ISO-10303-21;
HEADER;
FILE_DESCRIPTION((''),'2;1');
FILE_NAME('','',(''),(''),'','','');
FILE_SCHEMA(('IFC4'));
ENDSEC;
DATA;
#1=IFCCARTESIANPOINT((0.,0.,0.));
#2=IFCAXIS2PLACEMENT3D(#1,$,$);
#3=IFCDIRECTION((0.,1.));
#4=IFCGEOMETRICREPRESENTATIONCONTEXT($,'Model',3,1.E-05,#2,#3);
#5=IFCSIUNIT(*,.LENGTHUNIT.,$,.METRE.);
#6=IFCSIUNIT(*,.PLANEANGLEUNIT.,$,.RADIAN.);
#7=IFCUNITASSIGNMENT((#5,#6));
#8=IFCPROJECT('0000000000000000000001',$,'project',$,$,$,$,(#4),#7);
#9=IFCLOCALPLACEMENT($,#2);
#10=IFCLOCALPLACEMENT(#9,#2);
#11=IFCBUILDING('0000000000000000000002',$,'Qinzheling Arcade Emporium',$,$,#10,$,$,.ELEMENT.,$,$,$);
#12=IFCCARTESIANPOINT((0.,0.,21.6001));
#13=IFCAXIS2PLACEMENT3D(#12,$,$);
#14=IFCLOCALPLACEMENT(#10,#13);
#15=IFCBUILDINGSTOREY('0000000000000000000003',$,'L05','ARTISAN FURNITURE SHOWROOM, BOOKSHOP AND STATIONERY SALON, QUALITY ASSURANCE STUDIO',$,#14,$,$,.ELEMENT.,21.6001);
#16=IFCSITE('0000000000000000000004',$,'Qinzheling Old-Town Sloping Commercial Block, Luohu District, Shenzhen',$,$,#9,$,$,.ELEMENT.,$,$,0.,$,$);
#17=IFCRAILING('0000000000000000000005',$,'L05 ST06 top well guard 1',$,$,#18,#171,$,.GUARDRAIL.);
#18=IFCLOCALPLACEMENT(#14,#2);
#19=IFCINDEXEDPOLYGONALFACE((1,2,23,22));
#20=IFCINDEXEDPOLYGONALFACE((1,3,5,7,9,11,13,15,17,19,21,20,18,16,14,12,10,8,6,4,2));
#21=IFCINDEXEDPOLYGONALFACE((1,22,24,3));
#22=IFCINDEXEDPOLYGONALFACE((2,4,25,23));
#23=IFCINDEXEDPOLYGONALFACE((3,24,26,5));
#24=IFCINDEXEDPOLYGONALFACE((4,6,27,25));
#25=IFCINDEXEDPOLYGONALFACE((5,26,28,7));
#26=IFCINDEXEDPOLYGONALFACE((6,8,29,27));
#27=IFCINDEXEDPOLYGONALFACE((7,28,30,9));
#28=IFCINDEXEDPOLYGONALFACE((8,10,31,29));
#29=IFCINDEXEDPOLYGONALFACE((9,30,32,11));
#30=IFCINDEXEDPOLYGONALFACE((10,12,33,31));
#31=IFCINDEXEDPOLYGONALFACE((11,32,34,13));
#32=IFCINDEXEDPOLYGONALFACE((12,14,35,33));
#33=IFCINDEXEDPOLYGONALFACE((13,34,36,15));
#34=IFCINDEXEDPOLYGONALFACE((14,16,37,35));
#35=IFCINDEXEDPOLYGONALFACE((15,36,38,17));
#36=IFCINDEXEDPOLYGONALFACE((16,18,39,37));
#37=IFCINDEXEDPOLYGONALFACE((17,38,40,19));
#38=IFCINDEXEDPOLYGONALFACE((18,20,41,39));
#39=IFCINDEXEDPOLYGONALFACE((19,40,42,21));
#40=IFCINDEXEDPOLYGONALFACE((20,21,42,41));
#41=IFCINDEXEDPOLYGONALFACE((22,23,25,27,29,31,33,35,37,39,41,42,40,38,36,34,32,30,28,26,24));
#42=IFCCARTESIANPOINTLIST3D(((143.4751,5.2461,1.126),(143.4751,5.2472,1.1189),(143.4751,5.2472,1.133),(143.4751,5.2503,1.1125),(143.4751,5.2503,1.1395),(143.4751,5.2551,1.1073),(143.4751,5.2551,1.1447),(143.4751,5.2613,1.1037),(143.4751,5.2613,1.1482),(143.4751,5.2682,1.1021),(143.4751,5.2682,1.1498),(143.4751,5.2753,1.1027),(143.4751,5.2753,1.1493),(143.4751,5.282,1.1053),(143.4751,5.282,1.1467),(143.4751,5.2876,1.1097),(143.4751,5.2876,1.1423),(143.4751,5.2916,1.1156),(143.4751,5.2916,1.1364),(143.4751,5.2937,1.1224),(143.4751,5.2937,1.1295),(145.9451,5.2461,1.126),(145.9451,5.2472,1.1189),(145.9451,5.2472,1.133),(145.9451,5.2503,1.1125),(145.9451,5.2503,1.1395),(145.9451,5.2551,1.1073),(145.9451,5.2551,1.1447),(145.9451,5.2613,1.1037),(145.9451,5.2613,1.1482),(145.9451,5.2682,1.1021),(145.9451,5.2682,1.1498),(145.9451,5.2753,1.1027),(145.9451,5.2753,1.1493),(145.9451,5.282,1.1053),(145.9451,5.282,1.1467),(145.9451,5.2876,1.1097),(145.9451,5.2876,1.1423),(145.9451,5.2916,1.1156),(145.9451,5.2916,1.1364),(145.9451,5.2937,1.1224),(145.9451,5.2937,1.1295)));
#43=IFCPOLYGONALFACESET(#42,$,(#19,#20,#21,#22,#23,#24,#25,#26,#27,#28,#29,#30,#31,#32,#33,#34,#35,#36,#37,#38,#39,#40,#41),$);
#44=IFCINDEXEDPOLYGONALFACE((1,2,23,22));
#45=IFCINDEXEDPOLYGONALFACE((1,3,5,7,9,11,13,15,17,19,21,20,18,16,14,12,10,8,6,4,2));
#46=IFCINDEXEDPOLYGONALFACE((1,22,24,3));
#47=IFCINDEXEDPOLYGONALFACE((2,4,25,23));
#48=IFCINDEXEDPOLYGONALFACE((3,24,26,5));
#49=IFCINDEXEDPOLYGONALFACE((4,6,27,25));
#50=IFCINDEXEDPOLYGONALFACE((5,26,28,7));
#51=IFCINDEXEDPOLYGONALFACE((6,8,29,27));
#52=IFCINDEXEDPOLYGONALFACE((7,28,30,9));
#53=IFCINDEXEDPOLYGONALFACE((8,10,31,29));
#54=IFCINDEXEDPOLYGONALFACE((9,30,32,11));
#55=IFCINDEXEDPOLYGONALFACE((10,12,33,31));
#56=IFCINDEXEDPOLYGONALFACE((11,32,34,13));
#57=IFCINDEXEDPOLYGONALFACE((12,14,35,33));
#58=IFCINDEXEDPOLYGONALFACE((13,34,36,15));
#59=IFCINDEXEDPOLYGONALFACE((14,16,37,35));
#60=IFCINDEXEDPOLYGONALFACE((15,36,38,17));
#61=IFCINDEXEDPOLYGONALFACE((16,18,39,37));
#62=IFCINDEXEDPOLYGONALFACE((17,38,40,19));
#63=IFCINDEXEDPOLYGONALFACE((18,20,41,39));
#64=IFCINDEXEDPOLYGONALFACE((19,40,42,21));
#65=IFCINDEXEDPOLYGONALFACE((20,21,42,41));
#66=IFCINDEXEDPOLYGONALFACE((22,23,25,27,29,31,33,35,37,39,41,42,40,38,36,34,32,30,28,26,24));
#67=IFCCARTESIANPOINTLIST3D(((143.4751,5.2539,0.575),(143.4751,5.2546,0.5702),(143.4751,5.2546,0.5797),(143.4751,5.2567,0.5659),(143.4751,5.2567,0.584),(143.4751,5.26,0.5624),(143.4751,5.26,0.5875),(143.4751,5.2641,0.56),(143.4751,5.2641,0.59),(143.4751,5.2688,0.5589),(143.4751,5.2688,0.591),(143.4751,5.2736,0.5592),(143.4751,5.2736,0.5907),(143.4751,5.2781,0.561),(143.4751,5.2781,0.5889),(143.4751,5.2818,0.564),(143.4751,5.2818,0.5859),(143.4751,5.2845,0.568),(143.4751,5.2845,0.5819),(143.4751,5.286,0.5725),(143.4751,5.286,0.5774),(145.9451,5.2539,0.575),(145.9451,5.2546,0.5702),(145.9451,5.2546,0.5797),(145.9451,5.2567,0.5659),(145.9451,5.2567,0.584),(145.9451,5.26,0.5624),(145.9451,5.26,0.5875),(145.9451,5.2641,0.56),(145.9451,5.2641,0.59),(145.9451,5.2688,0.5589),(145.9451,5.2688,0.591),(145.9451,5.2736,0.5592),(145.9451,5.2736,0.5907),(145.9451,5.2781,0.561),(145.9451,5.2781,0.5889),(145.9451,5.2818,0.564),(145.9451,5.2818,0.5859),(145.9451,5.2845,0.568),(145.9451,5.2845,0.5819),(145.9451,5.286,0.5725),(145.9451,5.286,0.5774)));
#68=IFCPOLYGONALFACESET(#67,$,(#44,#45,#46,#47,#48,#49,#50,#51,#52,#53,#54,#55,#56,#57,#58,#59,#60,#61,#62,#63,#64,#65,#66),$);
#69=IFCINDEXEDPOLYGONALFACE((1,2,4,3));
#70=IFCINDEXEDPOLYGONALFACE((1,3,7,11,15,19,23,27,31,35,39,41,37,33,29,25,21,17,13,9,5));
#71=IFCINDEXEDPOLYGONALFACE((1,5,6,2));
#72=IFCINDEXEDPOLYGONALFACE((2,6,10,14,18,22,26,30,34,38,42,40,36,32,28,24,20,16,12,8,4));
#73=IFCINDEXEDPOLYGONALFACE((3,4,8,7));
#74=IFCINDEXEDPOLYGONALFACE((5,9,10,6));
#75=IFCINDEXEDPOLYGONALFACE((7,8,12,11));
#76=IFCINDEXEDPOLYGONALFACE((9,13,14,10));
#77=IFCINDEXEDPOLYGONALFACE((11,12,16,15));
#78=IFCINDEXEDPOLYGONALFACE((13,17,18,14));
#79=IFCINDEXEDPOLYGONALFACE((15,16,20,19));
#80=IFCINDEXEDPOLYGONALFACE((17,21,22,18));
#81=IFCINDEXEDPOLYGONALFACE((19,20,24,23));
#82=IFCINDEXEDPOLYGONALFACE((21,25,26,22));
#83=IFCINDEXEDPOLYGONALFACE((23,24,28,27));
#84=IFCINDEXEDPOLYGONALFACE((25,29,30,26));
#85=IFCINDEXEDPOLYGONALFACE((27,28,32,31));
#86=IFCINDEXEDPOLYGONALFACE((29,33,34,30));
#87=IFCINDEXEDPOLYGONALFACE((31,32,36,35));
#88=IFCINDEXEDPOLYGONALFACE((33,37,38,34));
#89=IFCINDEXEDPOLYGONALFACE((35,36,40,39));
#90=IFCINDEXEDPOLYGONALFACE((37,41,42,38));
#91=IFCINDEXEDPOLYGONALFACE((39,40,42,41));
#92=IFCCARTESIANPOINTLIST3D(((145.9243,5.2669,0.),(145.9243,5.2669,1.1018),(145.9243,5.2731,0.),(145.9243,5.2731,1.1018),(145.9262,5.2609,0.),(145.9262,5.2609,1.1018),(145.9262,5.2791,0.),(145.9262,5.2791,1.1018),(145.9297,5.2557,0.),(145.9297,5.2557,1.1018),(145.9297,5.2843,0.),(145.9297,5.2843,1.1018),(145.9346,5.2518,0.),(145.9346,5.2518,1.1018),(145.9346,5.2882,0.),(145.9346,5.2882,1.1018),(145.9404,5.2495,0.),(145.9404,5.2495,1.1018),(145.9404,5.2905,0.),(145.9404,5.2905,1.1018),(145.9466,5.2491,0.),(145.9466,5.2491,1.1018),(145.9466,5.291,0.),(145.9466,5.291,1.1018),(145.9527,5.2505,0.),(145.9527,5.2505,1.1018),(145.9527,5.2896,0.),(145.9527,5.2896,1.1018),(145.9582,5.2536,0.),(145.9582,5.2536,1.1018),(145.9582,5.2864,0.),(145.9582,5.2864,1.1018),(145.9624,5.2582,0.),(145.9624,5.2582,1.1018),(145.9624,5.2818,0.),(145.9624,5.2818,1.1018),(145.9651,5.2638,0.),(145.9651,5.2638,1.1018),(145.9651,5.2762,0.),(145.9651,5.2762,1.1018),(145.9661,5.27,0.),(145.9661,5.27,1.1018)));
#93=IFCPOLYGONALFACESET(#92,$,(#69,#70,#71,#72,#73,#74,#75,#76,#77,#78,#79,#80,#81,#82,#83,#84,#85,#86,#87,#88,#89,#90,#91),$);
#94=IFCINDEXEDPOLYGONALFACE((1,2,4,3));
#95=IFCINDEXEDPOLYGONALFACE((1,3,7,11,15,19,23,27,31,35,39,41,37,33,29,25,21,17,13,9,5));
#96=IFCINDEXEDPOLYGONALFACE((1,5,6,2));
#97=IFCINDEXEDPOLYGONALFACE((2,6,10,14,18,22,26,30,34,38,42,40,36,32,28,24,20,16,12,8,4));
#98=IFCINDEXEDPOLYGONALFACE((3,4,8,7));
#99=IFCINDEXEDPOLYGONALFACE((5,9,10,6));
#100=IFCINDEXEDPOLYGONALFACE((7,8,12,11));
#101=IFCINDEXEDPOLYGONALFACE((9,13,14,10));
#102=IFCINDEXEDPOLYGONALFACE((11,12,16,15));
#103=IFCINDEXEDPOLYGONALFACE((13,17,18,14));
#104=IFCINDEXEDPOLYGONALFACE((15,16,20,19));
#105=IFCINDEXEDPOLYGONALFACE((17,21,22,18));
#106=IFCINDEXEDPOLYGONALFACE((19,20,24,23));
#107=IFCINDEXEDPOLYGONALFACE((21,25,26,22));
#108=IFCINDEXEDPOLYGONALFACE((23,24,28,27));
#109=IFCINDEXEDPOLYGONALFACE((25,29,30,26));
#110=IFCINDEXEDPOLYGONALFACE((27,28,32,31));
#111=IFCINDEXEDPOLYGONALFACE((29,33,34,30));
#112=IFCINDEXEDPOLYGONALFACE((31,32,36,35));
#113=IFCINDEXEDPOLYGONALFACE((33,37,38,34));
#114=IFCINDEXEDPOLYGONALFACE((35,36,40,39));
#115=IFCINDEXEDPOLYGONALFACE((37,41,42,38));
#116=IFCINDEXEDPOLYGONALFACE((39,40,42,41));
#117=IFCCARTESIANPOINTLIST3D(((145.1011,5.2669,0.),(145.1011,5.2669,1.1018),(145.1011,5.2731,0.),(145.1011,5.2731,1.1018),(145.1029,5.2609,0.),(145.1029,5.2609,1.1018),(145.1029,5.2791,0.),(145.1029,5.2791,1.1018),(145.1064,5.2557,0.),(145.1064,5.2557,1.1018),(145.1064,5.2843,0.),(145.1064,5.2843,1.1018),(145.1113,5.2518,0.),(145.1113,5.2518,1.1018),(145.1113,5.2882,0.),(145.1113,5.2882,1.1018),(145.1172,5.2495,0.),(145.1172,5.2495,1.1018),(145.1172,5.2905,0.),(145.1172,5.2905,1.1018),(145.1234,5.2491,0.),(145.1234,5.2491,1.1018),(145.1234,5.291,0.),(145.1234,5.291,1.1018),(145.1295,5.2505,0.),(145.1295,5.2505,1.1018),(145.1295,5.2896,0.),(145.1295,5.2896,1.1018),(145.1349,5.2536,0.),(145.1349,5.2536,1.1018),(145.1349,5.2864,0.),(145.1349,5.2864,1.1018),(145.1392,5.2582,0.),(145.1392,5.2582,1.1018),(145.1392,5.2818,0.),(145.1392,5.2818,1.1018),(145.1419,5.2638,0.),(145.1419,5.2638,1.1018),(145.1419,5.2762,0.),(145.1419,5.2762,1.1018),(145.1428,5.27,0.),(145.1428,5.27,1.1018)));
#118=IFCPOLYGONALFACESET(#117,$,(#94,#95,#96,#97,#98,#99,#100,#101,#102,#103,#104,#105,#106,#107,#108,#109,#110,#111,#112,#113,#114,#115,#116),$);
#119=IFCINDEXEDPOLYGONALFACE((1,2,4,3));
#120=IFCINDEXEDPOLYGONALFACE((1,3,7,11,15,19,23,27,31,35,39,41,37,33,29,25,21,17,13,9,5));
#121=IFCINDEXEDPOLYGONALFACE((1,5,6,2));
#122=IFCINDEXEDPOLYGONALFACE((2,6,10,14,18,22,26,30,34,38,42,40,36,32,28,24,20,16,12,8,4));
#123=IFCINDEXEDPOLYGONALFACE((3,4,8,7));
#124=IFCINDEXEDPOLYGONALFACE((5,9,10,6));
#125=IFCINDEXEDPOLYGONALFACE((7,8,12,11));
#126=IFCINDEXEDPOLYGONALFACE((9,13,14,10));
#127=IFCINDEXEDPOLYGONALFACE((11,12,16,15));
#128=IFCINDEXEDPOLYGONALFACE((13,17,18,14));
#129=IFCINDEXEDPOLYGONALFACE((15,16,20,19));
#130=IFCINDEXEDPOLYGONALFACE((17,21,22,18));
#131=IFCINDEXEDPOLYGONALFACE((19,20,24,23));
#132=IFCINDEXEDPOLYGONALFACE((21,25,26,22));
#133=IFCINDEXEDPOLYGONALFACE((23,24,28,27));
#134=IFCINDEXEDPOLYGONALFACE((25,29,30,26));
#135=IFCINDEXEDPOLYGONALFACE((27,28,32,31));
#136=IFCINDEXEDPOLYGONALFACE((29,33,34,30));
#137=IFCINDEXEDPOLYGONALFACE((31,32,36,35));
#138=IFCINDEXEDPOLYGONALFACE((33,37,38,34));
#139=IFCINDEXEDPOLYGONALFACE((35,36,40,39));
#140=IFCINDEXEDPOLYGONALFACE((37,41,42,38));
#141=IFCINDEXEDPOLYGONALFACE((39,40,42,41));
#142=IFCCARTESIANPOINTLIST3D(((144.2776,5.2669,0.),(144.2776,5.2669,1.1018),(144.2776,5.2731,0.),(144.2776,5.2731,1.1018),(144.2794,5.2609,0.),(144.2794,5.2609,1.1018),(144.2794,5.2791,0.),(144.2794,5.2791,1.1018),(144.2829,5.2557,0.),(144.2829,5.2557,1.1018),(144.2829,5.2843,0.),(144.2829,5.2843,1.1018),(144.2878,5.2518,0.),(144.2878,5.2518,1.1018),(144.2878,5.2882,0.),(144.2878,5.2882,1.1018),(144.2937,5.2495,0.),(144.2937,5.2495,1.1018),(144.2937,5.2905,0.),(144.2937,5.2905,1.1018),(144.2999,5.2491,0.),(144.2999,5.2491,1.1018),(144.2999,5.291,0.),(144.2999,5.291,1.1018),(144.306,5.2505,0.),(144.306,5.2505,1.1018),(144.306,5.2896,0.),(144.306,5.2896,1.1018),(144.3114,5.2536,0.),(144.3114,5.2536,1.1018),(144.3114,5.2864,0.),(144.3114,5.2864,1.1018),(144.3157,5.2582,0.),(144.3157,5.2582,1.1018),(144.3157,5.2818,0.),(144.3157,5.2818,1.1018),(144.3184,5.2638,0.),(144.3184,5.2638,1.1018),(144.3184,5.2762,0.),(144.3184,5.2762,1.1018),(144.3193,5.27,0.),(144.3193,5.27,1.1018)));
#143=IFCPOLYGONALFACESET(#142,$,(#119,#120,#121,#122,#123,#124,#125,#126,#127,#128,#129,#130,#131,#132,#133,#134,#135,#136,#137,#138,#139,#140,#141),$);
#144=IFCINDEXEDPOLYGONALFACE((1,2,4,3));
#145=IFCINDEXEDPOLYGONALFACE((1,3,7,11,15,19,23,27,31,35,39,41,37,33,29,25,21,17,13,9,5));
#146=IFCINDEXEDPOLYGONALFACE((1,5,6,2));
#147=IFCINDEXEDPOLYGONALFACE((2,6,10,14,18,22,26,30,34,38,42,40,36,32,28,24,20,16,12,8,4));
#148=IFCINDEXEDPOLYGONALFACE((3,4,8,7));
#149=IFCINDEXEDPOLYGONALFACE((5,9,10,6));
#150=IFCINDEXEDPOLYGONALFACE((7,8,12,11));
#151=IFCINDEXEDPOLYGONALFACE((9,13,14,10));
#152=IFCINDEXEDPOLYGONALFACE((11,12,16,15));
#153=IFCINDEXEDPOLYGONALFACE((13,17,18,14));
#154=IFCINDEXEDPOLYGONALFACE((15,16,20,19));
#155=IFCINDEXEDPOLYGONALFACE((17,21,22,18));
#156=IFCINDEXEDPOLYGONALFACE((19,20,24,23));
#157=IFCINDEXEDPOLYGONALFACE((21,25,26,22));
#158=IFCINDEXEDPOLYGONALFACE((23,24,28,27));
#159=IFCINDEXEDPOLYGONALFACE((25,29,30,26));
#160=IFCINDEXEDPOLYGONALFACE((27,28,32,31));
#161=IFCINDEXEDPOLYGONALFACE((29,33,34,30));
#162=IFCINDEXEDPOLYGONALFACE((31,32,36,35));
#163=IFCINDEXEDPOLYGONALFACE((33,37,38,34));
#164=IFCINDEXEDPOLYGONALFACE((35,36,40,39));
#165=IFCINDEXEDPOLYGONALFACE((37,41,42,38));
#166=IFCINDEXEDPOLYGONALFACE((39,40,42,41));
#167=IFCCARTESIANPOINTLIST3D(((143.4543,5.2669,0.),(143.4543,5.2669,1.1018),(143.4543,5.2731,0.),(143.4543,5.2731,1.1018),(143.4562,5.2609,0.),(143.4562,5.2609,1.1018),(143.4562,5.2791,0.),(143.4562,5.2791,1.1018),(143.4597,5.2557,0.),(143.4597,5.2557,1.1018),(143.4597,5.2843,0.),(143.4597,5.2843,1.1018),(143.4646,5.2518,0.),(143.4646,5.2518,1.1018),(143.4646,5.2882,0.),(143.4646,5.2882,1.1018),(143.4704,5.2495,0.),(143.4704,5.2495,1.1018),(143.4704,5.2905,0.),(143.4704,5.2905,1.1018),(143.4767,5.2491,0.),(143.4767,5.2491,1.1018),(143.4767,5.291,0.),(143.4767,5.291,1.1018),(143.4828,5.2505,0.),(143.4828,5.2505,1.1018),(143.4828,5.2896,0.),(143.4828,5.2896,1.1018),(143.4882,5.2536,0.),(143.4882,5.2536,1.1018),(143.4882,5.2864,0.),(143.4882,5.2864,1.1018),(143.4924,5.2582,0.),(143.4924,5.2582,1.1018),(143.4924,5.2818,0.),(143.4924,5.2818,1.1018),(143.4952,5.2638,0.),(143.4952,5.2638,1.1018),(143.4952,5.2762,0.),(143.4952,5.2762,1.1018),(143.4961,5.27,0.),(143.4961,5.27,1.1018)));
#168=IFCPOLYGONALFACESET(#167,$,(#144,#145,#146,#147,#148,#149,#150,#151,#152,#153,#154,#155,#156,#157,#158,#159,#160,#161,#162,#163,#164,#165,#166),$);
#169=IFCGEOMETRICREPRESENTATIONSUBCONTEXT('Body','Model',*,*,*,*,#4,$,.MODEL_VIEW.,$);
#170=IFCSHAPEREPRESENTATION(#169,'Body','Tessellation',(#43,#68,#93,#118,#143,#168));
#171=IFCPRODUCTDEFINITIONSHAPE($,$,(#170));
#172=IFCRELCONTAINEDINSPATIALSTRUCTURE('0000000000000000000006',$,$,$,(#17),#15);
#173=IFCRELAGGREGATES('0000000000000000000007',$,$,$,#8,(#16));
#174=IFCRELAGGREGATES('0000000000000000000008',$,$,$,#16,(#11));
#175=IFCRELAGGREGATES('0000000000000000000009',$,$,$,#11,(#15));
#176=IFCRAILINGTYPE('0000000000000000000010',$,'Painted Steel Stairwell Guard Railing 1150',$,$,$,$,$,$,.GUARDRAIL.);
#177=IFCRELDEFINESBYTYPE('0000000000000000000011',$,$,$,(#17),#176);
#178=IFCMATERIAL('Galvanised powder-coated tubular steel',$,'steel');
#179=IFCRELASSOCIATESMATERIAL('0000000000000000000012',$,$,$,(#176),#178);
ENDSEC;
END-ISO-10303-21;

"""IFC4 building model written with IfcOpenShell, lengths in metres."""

from ifc_helpers import new_model, si_unit, direction, frame, origin, origin_2d, place, context, subcontext, project, spatial, circle, extrude, material, type_object, element, save


model = new_model("IFC4")

# Units and contexts
model_context = context("Model", 3, precision=1e-05, world=origin(), true_north=direction((0.0, 1.0)))
body_context = subcontext(model_context, "Body", "Model", "MODEL_VIEW")
ifc_project = project(units=[si_unit("LENGTHUNIT", "METRE"), si_unit("PLANEANGLEUNIT", "RADIAN")], contexts=[model_context])

# Site, building, storey
site_placement = place(None, origin())
site = spatial("IfcSite", under=ifc_project, at=site_placement, Name="Qinzheling Old-Town Sloping Commercial Block, Luohu District, Shenzhen", CompositionType="ELEMENT", RefElevation=0.0)
building_placement = place(site_placement, origin())
building = spatial("IfcBuilding", under=site, at=building_placement, Name="Qinzheling Arcade Emporium", CompositionType="ELEMENT")
storey_placement = place(building_placement, frame((0.0, 0.0, 21.6001)))
storey = spatial("IfcBuildingStorey", under=building, at=storey_placement, Name="L05", Description="ARTISAN FURNITURE SHOWROOM, BOOKSHOP AND STATIONERY SALON, QUALITY ASSURANCE STUDIO", CompositionType="ELEMENT", Elevation=21.6001)

# Railing
ifc_material_1 = material(Name="Galvanised powder-coated tubular steel", Category="steel")
railing_type = type_object("IfcRailingType", Name="Painted Steel Stairwell Guard Railing 1150", PredefinedType="GUARDRAIL", material=ifc_material_1)
railing_placement = place(storey_placement, frame((145.9451, 5.27, 0.0)))
element("IfcRailing", 1, at=railing_placement, inside=storey, type_object=railing_type, Name="L05 ST06 top well guard 1", PredefinedType="GUARDRAIL", context=body_context, shape_type="SweptSolid", body=[
    extrude(circle(Radius=0.0239, at=origin_2d()), frame((0.0, 0.0, 1.126), z_axis=(-1.0, 0.0, 0.0), x_axis=(0.0, -1.0, 0.0)), (0.0, 0.0, 1.0), 2.47),
    extrude(circle(Radius=0.0161, at=origin_2d()), frame((0.0, 0.0, 0.575), z_axis=(-1.0, 0.0, 0.0), x_axis=(0.0, -1.0, 0.0)), (0.0, 0.0, 1.0), 2.47),
    extrude(circle(Radius=0.021, at=origin_2d()), origin(), (0.0, 0.0, 1.0), 1.1018),
    extrude(circle(Radius=0.021, at=origin_2d()), frame((-0.8232, 0.0, 0.0)), (0.0, 0.0, 1.0), 1.1018),
    extrude(circle(Radius=0.021, at=origin_2d()), frame((-1.6467, 0.0, 0.0)), (0.0, 0.0, 1.0), 1.1018),
    extrude(circle(Radius=0.021, at=origin_2d()), frame((-2.47, 0.0, 0.0)), (0.0, 0.0, 1.0), 1.1018),
])

save(model, "model.ifc")
